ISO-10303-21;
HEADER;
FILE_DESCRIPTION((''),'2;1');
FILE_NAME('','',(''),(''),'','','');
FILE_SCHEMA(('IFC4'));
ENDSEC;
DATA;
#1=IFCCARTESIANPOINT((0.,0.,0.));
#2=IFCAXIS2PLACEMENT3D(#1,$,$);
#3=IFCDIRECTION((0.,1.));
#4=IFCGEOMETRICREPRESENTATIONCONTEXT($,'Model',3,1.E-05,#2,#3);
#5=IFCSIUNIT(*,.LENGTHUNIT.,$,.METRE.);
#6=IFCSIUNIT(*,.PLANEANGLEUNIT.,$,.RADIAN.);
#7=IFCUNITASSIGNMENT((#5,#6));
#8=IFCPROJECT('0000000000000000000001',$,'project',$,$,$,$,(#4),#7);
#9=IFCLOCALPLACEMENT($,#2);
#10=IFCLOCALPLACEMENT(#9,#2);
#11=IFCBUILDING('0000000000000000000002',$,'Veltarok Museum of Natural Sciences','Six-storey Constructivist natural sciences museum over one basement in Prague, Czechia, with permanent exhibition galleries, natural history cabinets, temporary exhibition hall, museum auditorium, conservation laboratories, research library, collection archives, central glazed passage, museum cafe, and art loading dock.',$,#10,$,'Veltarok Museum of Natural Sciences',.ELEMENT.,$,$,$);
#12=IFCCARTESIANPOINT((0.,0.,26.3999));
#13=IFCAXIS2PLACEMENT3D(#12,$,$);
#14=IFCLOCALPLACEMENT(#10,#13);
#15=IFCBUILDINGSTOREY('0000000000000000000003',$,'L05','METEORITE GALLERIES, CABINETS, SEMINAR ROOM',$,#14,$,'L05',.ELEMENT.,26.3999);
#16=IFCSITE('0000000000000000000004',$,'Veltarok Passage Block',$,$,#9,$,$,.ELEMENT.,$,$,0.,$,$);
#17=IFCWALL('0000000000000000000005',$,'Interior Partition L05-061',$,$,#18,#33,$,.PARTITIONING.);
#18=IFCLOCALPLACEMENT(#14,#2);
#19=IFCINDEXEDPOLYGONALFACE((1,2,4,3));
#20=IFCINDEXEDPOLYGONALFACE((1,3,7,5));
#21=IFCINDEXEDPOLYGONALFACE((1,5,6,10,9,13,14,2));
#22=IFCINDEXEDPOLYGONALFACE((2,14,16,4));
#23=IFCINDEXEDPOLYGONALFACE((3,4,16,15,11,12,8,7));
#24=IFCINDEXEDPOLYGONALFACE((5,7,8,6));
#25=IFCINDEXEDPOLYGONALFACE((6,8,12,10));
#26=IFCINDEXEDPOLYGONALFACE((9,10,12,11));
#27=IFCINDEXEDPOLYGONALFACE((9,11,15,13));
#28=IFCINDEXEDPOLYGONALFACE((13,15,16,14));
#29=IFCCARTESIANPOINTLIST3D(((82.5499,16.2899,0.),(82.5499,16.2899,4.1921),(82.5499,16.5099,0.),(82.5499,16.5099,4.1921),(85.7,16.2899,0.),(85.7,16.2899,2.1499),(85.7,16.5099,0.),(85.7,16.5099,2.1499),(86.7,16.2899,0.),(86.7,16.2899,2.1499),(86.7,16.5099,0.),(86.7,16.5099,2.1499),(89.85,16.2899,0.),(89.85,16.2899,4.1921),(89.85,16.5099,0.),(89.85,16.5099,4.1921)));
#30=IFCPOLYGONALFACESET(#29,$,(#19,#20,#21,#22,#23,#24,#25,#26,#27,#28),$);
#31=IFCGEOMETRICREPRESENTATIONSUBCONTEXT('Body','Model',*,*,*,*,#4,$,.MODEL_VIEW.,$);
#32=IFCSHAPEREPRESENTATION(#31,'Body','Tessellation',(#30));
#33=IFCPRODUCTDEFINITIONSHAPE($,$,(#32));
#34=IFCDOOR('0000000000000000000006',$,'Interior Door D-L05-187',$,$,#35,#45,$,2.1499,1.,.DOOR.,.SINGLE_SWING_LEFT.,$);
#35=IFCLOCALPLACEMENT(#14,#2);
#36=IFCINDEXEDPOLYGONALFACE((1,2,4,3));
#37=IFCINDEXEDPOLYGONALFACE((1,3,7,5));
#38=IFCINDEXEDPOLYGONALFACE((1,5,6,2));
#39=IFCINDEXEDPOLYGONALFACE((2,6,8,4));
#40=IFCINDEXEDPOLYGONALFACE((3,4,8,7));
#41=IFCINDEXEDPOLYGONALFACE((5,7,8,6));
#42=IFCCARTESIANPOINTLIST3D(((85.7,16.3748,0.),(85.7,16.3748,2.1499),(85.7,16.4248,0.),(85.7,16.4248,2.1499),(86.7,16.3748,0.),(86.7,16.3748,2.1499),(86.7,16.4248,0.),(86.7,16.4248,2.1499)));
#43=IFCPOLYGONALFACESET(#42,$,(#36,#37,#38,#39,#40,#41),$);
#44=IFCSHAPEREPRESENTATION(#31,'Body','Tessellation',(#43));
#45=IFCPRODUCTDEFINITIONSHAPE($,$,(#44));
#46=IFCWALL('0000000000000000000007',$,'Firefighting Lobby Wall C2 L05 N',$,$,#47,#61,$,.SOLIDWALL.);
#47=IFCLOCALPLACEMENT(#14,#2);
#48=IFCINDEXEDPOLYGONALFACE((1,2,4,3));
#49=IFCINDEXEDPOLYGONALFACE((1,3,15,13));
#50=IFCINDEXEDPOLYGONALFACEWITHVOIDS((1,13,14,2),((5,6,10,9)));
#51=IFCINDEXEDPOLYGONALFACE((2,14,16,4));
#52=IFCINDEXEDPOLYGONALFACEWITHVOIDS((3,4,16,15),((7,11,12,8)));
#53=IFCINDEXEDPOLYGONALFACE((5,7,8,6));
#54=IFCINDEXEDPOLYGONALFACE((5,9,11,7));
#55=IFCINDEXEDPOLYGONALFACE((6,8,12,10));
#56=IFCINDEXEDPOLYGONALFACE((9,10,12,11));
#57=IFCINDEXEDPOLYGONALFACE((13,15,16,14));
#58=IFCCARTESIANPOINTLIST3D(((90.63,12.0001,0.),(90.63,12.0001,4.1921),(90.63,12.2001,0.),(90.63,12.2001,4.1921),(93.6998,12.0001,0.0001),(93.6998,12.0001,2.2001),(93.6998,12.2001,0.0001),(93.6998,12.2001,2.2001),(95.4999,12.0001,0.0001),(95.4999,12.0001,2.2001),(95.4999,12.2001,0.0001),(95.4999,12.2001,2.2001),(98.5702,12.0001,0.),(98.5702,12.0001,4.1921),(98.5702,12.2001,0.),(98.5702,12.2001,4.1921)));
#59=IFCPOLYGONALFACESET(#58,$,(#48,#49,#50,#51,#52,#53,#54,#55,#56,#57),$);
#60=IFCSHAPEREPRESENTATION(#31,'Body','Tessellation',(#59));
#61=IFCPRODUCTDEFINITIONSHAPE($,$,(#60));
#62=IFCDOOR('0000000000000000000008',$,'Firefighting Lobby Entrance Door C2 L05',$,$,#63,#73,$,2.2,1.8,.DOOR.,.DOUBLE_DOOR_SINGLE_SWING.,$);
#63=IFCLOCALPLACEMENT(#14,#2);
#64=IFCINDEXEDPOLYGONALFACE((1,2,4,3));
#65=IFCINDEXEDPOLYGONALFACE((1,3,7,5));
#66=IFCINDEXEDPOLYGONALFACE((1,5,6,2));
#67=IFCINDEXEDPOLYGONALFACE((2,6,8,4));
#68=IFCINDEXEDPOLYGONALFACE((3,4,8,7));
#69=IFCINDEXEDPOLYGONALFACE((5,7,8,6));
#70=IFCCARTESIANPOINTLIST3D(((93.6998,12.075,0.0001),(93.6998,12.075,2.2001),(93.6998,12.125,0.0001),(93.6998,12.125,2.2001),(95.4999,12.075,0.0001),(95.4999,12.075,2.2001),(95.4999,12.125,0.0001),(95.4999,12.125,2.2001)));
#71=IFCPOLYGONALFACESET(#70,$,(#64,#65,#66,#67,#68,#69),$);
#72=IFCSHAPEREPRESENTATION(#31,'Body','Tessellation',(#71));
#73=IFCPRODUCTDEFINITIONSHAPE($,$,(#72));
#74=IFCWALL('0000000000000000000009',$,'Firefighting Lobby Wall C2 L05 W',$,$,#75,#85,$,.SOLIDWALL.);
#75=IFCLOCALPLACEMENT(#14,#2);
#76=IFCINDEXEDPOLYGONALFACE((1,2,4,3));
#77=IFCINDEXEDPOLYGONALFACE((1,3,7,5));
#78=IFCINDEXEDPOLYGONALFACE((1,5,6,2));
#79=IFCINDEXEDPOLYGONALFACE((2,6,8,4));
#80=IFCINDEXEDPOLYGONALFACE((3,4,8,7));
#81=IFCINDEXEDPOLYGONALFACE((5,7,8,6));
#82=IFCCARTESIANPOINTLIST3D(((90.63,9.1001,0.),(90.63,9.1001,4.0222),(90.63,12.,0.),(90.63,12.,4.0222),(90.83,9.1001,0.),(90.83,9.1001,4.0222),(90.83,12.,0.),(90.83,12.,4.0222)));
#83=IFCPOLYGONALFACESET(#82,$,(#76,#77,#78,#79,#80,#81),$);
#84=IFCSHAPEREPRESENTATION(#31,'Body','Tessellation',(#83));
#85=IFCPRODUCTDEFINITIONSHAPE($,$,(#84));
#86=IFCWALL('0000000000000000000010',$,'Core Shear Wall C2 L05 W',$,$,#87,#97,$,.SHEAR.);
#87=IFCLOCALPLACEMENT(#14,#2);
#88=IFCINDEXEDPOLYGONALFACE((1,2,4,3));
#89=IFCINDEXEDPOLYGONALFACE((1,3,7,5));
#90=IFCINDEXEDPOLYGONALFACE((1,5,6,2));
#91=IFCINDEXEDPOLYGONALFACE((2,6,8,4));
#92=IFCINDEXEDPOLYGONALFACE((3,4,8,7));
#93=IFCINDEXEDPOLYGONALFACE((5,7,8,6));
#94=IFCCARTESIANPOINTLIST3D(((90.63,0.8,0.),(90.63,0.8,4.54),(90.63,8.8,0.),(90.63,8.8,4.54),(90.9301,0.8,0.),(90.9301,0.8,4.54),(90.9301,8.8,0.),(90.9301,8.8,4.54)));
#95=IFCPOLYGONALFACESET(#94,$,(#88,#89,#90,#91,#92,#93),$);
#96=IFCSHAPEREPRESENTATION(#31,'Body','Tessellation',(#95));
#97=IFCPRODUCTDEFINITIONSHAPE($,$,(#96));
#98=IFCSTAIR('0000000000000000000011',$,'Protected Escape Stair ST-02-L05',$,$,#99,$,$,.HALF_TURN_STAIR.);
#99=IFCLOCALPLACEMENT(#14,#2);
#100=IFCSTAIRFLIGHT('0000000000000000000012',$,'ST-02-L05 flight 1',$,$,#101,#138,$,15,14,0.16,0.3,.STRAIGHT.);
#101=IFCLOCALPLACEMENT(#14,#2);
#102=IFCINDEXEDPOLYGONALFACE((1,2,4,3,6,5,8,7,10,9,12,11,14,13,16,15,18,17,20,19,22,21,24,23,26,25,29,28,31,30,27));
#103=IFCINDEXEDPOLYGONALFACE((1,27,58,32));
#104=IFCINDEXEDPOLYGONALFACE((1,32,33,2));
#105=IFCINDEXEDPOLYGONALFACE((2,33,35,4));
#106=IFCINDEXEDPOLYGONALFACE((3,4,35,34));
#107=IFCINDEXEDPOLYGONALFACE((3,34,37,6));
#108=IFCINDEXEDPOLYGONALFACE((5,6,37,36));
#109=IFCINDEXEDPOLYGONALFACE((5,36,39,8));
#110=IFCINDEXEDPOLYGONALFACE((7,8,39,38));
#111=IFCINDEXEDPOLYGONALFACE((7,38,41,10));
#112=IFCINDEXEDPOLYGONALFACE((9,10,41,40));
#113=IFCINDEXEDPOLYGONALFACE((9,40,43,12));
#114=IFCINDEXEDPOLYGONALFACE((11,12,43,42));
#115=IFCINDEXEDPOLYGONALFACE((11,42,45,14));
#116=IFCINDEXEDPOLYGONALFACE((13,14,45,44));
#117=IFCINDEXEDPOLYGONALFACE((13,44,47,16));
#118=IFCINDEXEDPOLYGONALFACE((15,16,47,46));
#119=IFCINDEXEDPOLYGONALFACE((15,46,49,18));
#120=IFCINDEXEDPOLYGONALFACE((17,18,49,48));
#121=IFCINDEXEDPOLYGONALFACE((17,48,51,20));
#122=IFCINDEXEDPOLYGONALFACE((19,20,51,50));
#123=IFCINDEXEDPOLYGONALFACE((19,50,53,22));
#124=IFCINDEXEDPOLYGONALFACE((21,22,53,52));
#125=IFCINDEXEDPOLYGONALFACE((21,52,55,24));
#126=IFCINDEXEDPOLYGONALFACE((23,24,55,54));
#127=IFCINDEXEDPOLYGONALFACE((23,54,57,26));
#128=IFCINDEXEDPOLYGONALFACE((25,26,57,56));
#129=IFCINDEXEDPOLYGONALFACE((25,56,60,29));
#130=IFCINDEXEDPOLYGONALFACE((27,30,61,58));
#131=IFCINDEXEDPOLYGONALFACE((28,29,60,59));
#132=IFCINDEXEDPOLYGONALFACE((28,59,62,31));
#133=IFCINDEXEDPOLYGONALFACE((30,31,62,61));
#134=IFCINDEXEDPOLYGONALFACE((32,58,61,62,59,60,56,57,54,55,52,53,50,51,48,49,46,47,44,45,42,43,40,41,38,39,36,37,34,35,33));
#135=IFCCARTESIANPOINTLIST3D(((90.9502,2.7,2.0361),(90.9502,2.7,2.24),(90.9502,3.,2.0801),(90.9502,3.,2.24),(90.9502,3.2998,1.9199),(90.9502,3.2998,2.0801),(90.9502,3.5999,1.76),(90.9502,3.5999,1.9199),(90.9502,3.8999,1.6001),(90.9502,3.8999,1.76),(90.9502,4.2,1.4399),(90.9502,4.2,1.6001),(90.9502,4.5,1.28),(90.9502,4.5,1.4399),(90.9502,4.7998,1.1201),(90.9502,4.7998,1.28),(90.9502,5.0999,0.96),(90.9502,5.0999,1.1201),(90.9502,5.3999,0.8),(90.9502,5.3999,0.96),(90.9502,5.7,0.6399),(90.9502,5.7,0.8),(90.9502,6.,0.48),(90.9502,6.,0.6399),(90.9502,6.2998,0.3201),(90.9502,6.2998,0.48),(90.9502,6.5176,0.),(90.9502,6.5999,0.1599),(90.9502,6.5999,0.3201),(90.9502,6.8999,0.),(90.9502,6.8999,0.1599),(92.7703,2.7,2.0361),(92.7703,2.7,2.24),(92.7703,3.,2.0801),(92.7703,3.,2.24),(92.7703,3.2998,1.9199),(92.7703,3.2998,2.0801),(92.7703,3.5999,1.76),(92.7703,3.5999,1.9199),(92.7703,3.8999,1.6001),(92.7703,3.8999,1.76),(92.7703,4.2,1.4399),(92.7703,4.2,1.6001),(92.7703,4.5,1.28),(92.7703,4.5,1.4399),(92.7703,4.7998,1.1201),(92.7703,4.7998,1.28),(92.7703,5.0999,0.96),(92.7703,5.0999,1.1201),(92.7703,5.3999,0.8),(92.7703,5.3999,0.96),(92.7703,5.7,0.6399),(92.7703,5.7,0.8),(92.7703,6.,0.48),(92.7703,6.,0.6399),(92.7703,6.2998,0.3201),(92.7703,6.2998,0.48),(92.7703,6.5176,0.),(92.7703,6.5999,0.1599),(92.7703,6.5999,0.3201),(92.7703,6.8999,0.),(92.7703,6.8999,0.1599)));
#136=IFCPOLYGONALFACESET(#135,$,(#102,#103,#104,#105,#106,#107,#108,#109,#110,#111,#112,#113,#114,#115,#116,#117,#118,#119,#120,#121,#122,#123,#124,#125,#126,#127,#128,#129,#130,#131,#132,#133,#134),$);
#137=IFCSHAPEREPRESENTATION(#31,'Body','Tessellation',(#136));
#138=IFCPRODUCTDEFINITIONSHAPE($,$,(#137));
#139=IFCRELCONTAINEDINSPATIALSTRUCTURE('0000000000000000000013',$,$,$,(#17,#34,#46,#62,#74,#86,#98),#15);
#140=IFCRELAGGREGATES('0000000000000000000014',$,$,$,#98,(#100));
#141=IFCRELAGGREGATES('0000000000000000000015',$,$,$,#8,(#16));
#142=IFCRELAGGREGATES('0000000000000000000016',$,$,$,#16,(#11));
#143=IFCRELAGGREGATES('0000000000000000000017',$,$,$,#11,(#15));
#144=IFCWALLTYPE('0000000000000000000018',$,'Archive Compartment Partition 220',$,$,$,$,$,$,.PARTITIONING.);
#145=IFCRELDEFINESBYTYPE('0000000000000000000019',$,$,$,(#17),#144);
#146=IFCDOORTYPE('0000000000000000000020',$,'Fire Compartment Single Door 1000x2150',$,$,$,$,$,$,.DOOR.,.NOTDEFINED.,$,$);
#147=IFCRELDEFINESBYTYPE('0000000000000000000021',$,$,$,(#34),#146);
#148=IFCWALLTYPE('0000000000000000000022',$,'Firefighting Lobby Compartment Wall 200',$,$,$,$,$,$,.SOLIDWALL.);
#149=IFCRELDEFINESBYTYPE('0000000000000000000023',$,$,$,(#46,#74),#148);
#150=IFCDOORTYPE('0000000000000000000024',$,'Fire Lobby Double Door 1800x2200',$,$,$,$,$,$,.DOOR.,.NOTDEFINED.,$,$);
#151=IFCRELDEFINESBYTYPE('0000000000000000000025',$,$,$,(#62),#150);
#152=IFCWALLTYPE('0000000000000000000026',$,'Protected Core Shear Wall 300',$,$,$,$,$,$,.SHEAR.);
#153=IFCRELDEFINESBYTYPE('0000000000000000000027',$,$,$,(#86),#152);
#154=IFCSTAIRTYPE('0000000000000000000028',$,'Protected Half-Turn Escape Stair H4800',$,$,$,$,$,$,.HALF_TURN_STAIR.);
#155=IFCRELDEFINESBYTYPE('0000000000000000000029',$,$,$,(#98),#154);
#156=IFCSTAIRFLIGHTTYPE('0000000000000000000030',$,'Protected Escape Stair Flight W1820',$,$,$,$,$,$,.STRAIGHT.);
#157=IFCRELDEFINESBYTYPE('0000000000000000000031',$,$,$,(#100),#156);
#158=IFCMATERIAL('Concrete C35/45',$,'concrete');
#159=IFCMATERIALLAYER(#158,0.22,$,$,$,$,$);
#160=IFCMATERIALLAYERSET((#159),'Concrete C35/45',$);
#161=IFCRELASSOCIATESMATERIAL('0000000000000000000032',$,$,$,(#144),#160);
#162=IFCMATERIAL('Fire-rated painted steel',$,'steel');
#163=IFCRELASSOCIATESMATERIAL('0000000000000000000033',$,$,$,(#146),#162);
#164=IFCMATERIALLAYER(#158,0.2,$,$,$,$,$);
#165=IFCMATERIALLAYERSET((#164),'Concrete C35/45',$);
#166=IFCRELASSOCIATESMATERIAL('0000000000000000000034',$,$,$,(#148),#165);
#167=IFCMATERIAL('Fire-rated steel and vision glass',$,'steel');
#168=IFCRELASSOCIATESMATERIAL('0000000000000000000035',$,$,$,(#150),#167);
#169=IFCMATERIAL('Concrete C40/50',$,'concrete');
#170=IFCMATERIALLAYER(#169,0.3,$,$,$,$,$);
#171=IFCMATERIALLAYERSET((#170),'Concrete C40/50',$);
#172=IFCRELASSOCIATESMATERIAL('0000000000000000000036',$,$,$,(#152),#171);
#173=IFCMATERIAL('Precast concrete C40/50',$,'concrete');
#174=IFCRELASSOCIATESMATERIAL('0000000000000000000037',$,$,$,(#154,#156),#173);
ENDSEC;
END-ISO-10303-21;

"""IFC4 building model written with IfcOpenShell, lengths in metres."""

from ifc_helpers import new_model, si_unit, direction, frame, frame_2d, origin, place, context, subcontext, project, spatial, polyline, rectangle, outline, extrude, material, layer, layer_set, type_object, element, fill, aggregate, save


model = new_model("IFC4")

# Units and contexts
model_context = context("Model", 3, precision=1e-05, world=origin(), true_north=direction((0.0, 1.0)))
body_context = subcontext(model_context, "Body", "Model", "MODEL_VIEW")
ifc_project = project(units=[si_unit("LENGTHUNIT", "METRE"), si_unit("PLANEANGLEUNIT", "RADIAN")], contexts=[model_context])

# Site, building, storey
site_placement = place(None, origin())
site = spatial("IfcSite", under=ifc_project, at=site_placement, Name="Veltarok Passage Block", CompositionType="ELEMENT", RefElevation=0.0)
building_placement = place(site_placement, origin())
building = spatial("IfcBuilding", under=site, at=building_placement, Name="Veltarok Museum of Natural Sciences", Description="Six-storey Constructivist natural sciences museum over one basement in Prague, Czechia, with permanent exhibition galleries, natural history cabinets, temporary exhibition hall, museum auditorium, conservation laboratories, research library, collection archives, central glazed passage, museum cafe, and art loading dock.", LongName="Veltarok Museum of Natural Sciences", CompositionType="ELEMENT")
storey_placement = place(building_placement, frame((0.0, 0.0, 26.3999)))
storey = spatial("IfcBuildingStorey", under=building, at=storey_placement, Name="L05", Description="METEORITE GALLERIES, CABINETS, SEMINAR ROOM", LongName="L05", CompositionType="ELEMENT", Elevation=26.3999)

# Walls, openings, doors
ifc_material_1 = material(Name="Concrete C35/45", Category="concrete")
ifc_layer_1 = layer(ifc_material_1, 0.22)
ifc_layer_set_1 = layer_set([ifc_layer_1], Name="Concrete C35/45")
wall_type_1 = type_object("IfcWallType", Name="Archive Compartment Partition 220", PredefinedType="PARTITIONING", material=ifc_layer_set_1)
wall_1_placement = place(storey_placement, frame((82.55, 16.3999, 0.0), z_axis=(0.0, 0.0, 1.0), x_axis=(1.0, 0.0, 0.0)))
wall_1 = element("IfcWall", 1, at=wall_1_placement, inside=storey, type_object=wall_type_1, Name="Interior Partition L05-061", PredefinedType="PARTITIONING", context=body_context, shape_type="SweptSolid", body=[
    extrude(rectangle(XDim=7.3, YDim=0.22, at=frame_2d((3.6499, 0.0))), origin(), (0.0, 0.0, 1.0), 4.1921),
])
opening_1_placement = place(wall_1_placement, frame((3.1499, 0.0, 0.0)))
opening_1 = element("IfcOpeningElement", 2, at=opening_1_placement, cuts=wall_1, PredefinedType="OPENING", context=body_context, shape_type="SweptSolid", body=[
    extrude(rectangle(XDim=1.0, YDim=2.1499, at=frame_2d((0.5, 1.075))), frame((0.0, 0.1201, 0.0), z_axis=(0.0, -1.0, 0.0), x_axis=(1.0, 0.0, 0.0)), (0.0, 0.0, 1.0), 0.24),
])
ifc_material_2 = material(Name="Fire-rated painted steel", Category="steel")
door_type_1 = type_object("IfcDoorType", Name="Fire Compartment Single Door 1000x2150", OperationType="NOTDEFINED", PredefinedType="DOOR", material=ifc_material_2)
door_1_placement = place(opening_1_placement, origin())
door_1 = element("IfcDoor", 3, at=door_1_placement, inside=storey, type_object=door_type_1, Name="Interior Door D-L05-187", OperationType="SINGLE_SWING_LEFT", OverallHeight=2.1499, OverallWidth=1.0, PredefinedType="DOOR", context=body_context, shape_type="SweptSolid", body=[
    extrude(rectangle(XDim=1.0, YDim=2.1499, at=frame_2d((0.5, 1.075))), frame((0.0, 0.0249, 0.0), z_axis=(0.0, -1.0, 0.0), x_axis=(1.0, 0.0, 0.0)), (0.0, 0.0, 1.0), 0.05),
])
fill(opening_1, door_1)
ifc_layer_2 = layer(ifc_material_1, 0.2)
ifc_layer_set_2 = layer_set([ifc_layer_2], Name="Concrete C35/45")
wall_type_2 = type_object("IfcWallType", Name="Firefighting Lobby Compartment Wall 200", PredefinedType="SOLIDWALL", material=ifc_layer_set_2)
wall_2_placement = place(storey_placement, frame((90.6299, 12.1001, 0.0), z_axis=(0.0, 0.0, 1.0), x_axis=(1.0, 0.0, 0.0)))
wall_2 = element("IfcWall", 4, at=wall_2_placement, inside=storey, type_object=wall_type_2, Name="Firefighting Lobby Wall C2 L05 N", PredefinedType="SOLIDWALL", context=body_context, shape_type="SweptSolid", body=[
    extrude(rectangle(XDim=7.9402, YDim=0.2, at=frame_2d((3.9702, 0.0))), origin(), (0.0, 0.0, 1.0), 4.1921),
])
opening_2_placement = place(wall_2_placement, frame((3.0701, 0.0, 0.0)))
opening_2 = element("IfcOpeningElement", 5, at=opening_2_placement, cuts=wall_2, PredefinedType="OPENING", context=body_context, shape_type="SweptSolid", body=[
    extrude(rectangle(XDim=1.8, YDim=2.2, at=frame_2d((0.8999, 1.1001))), frame((0.0, 0.1099, 0.0), z_axis=(0.0, -1.0, 0.0), x_axis=(1.0, 0.0, 0.0)), (0.0, 0.0, 1.0), 0.22),
])
ifc_material_3 = material(Name="Fire-rated steel and vision glass", Category="steel")
door_type_2 = type_object("IfcDoorType", Name="Fire Lobby Double Door 1800x2200", OperationType="NOTDEFINED", PredefinedType="DOOR", material=ifc_material_3)
door_2_placement = place(opening_2_placement, origin())
door_2 = element("IfcDoor", 6, at=door_2_placement, inside=storey, type_object=door_type_2, Name="Firefighting Lobby Entrance Door C2 L05", OperationType="DOUBLE_DOOR_SINGLE_SWING", OverallHeight=2.2, OverallWidth=1.8, PredefinedType="DOOR", context=body_context, shape_type="SweptSolid", body=[
    extrude(rectangle(XDim=1.8, YDim=2.2, at=frame_2d((0.8999, 1.1001))), frame((0.0, 0.0249, 0.0), z_axis=(0.0, -1.0, 0.0), x_axis=(1.0, 0.0, 0.0)), (0.0, 0.0, 1.0), 0.05),
])
fill(opening_2, door_2)

# Walls
wall_3_placement = place(storey_placement, frame((90.73, 9.1001, 0.0), z_axis=(0.0, 0.0, 1.0), x_axis=(0.0, 1.0, 0.0)))
element("IfcWall", 7, at=wall_3_placement, inside=storey, type_object=wall_type_2, Name="Firefighting Lobby Wall C2 L05 W", PredefinedType="SOLIDWALL", context=body_context, shape_type="SweptSolid", body=[
    extrude(rectangle(XDim=2.8999, YDim=0.2, at=frame_2d((1.45, 0.0))), origin(), (0.0, 0.0, 1.0), 4.0222),
])
ifc_material_4 = material(Name="Concrete C40/50", Category="concrete")
ifc_layer_3 = layer(ifc_material_4, 0.3)
ifc_layer_set_3 = layer_set([ifc_layer_3], Name="Concrete C40/50")
wall_type_3 = type_object("IfcWallType", Name="Protected Core Shear Wall 300", PredefinedType="SHEAR", material=ifc_layer_set_3)
wall_4_placement = place(storey_placement, frame((90.78, 8.8, 0.0), z_axis=(0.0, 0.0, 1.0), x_axis=(0.0, -1.0, 0.0)))
element("IfcWall", 8, at=wall_4_placement, inside=storey, type_object=wall_type_3, Name="Core Shear Wall C2 L05 W", PredefinedType="SHEAR", context=body_context, shape_type="SweptSolid", body=[
    extrude(rectangle(XDim=8.0, YDim=0.3, at=frame_2d((4.0, 0.0))), origin(), (0.0, 0.0, 1.0), 4.54),
])

# Stair, stair flight
ifc_material_5 = material(Name="Precast concrete C40/50", Category="concrete")
stair_type = type_object("IfcStairType", Name="Protected Half-Turn Escape Stair H4800", PredefinedType="HALF_TURN_STAIR", material=ifc_material_5)
stair_placement = place(storey_placement, origin())
stair = element("IfcStair", 9, at=stair_placement, inside=storey, type_object=stair_type, Name="Protected Escape Stair ST-02-L05", PredefinedType="HALF_TURN_STAIR")
stair_flight_type = type_object("IfcStairFlightType", Name="Protected Escape Stair Flight W1820", PredefinedType="STRAIGHT", material=ifc_material_5)
stair_flight_1_placement = place(storey_placement, frame((91.8601, 6.8999, 0.0), z_axis=(0.0, 0.0, 1.0), x_axis=(0.0, -1.0, 0.0)))
stair_flight_1 = element("IfcStairFlight", 10, at=stair_flight_1_placement, type_object=stair_flight_type, Name="ST-02-L05 flight 1", NumberOfRisers=15, NumberOfTreads=14, PredefinedType="STRAIGHT", RiserHeight=0.16, TreadLength=0.3, context=body_context, shape_type="SweptSolid", body=[
    extrude(outline(polyline([(0.0, 0.0), (0.0, 0.1599), (0.3, 0.1599), (0.3, 0.3201), (0.6001, 0.3201), (0.6001, 0.48), (0.8999, 0.48), (0.8999, 0.6399), (1.2, 0.6399), (1.2, 0.8), (1.5, 0.8), (1.5, 0.96), (1.8, 0.96), (1.8, 1.1201), (2.1001, 1.1201), (2.1001, 1.28), (2.3999, 1.28), (2.3999, 1.4399), (2.7, 1.4399), (2.7, 1.6001), (3.0, 1.6001), (3.0, 1.76), (3.3, 1.76), (3.3, 1.9199), (3.6001, 1.9199), (3.6001, 2.0801), (3.8999, 2.0801), (3.8999, 2.24), (4.2, 2.24), (4.2, 2.3999), (4.2, 2.0361), (0.3823, 0.0), (0.0, 0.0)])), frame((0.0, 0.9102, 0.0), z_axis=(0.0, -1.0, 0.0), x_axis=(1.0, 0.0, 0.0)), (0.0, 0.0, 1.0), 1.8201),
])
aggregate(stair, [stair_flight_1])

save(model, "model.ifc")
